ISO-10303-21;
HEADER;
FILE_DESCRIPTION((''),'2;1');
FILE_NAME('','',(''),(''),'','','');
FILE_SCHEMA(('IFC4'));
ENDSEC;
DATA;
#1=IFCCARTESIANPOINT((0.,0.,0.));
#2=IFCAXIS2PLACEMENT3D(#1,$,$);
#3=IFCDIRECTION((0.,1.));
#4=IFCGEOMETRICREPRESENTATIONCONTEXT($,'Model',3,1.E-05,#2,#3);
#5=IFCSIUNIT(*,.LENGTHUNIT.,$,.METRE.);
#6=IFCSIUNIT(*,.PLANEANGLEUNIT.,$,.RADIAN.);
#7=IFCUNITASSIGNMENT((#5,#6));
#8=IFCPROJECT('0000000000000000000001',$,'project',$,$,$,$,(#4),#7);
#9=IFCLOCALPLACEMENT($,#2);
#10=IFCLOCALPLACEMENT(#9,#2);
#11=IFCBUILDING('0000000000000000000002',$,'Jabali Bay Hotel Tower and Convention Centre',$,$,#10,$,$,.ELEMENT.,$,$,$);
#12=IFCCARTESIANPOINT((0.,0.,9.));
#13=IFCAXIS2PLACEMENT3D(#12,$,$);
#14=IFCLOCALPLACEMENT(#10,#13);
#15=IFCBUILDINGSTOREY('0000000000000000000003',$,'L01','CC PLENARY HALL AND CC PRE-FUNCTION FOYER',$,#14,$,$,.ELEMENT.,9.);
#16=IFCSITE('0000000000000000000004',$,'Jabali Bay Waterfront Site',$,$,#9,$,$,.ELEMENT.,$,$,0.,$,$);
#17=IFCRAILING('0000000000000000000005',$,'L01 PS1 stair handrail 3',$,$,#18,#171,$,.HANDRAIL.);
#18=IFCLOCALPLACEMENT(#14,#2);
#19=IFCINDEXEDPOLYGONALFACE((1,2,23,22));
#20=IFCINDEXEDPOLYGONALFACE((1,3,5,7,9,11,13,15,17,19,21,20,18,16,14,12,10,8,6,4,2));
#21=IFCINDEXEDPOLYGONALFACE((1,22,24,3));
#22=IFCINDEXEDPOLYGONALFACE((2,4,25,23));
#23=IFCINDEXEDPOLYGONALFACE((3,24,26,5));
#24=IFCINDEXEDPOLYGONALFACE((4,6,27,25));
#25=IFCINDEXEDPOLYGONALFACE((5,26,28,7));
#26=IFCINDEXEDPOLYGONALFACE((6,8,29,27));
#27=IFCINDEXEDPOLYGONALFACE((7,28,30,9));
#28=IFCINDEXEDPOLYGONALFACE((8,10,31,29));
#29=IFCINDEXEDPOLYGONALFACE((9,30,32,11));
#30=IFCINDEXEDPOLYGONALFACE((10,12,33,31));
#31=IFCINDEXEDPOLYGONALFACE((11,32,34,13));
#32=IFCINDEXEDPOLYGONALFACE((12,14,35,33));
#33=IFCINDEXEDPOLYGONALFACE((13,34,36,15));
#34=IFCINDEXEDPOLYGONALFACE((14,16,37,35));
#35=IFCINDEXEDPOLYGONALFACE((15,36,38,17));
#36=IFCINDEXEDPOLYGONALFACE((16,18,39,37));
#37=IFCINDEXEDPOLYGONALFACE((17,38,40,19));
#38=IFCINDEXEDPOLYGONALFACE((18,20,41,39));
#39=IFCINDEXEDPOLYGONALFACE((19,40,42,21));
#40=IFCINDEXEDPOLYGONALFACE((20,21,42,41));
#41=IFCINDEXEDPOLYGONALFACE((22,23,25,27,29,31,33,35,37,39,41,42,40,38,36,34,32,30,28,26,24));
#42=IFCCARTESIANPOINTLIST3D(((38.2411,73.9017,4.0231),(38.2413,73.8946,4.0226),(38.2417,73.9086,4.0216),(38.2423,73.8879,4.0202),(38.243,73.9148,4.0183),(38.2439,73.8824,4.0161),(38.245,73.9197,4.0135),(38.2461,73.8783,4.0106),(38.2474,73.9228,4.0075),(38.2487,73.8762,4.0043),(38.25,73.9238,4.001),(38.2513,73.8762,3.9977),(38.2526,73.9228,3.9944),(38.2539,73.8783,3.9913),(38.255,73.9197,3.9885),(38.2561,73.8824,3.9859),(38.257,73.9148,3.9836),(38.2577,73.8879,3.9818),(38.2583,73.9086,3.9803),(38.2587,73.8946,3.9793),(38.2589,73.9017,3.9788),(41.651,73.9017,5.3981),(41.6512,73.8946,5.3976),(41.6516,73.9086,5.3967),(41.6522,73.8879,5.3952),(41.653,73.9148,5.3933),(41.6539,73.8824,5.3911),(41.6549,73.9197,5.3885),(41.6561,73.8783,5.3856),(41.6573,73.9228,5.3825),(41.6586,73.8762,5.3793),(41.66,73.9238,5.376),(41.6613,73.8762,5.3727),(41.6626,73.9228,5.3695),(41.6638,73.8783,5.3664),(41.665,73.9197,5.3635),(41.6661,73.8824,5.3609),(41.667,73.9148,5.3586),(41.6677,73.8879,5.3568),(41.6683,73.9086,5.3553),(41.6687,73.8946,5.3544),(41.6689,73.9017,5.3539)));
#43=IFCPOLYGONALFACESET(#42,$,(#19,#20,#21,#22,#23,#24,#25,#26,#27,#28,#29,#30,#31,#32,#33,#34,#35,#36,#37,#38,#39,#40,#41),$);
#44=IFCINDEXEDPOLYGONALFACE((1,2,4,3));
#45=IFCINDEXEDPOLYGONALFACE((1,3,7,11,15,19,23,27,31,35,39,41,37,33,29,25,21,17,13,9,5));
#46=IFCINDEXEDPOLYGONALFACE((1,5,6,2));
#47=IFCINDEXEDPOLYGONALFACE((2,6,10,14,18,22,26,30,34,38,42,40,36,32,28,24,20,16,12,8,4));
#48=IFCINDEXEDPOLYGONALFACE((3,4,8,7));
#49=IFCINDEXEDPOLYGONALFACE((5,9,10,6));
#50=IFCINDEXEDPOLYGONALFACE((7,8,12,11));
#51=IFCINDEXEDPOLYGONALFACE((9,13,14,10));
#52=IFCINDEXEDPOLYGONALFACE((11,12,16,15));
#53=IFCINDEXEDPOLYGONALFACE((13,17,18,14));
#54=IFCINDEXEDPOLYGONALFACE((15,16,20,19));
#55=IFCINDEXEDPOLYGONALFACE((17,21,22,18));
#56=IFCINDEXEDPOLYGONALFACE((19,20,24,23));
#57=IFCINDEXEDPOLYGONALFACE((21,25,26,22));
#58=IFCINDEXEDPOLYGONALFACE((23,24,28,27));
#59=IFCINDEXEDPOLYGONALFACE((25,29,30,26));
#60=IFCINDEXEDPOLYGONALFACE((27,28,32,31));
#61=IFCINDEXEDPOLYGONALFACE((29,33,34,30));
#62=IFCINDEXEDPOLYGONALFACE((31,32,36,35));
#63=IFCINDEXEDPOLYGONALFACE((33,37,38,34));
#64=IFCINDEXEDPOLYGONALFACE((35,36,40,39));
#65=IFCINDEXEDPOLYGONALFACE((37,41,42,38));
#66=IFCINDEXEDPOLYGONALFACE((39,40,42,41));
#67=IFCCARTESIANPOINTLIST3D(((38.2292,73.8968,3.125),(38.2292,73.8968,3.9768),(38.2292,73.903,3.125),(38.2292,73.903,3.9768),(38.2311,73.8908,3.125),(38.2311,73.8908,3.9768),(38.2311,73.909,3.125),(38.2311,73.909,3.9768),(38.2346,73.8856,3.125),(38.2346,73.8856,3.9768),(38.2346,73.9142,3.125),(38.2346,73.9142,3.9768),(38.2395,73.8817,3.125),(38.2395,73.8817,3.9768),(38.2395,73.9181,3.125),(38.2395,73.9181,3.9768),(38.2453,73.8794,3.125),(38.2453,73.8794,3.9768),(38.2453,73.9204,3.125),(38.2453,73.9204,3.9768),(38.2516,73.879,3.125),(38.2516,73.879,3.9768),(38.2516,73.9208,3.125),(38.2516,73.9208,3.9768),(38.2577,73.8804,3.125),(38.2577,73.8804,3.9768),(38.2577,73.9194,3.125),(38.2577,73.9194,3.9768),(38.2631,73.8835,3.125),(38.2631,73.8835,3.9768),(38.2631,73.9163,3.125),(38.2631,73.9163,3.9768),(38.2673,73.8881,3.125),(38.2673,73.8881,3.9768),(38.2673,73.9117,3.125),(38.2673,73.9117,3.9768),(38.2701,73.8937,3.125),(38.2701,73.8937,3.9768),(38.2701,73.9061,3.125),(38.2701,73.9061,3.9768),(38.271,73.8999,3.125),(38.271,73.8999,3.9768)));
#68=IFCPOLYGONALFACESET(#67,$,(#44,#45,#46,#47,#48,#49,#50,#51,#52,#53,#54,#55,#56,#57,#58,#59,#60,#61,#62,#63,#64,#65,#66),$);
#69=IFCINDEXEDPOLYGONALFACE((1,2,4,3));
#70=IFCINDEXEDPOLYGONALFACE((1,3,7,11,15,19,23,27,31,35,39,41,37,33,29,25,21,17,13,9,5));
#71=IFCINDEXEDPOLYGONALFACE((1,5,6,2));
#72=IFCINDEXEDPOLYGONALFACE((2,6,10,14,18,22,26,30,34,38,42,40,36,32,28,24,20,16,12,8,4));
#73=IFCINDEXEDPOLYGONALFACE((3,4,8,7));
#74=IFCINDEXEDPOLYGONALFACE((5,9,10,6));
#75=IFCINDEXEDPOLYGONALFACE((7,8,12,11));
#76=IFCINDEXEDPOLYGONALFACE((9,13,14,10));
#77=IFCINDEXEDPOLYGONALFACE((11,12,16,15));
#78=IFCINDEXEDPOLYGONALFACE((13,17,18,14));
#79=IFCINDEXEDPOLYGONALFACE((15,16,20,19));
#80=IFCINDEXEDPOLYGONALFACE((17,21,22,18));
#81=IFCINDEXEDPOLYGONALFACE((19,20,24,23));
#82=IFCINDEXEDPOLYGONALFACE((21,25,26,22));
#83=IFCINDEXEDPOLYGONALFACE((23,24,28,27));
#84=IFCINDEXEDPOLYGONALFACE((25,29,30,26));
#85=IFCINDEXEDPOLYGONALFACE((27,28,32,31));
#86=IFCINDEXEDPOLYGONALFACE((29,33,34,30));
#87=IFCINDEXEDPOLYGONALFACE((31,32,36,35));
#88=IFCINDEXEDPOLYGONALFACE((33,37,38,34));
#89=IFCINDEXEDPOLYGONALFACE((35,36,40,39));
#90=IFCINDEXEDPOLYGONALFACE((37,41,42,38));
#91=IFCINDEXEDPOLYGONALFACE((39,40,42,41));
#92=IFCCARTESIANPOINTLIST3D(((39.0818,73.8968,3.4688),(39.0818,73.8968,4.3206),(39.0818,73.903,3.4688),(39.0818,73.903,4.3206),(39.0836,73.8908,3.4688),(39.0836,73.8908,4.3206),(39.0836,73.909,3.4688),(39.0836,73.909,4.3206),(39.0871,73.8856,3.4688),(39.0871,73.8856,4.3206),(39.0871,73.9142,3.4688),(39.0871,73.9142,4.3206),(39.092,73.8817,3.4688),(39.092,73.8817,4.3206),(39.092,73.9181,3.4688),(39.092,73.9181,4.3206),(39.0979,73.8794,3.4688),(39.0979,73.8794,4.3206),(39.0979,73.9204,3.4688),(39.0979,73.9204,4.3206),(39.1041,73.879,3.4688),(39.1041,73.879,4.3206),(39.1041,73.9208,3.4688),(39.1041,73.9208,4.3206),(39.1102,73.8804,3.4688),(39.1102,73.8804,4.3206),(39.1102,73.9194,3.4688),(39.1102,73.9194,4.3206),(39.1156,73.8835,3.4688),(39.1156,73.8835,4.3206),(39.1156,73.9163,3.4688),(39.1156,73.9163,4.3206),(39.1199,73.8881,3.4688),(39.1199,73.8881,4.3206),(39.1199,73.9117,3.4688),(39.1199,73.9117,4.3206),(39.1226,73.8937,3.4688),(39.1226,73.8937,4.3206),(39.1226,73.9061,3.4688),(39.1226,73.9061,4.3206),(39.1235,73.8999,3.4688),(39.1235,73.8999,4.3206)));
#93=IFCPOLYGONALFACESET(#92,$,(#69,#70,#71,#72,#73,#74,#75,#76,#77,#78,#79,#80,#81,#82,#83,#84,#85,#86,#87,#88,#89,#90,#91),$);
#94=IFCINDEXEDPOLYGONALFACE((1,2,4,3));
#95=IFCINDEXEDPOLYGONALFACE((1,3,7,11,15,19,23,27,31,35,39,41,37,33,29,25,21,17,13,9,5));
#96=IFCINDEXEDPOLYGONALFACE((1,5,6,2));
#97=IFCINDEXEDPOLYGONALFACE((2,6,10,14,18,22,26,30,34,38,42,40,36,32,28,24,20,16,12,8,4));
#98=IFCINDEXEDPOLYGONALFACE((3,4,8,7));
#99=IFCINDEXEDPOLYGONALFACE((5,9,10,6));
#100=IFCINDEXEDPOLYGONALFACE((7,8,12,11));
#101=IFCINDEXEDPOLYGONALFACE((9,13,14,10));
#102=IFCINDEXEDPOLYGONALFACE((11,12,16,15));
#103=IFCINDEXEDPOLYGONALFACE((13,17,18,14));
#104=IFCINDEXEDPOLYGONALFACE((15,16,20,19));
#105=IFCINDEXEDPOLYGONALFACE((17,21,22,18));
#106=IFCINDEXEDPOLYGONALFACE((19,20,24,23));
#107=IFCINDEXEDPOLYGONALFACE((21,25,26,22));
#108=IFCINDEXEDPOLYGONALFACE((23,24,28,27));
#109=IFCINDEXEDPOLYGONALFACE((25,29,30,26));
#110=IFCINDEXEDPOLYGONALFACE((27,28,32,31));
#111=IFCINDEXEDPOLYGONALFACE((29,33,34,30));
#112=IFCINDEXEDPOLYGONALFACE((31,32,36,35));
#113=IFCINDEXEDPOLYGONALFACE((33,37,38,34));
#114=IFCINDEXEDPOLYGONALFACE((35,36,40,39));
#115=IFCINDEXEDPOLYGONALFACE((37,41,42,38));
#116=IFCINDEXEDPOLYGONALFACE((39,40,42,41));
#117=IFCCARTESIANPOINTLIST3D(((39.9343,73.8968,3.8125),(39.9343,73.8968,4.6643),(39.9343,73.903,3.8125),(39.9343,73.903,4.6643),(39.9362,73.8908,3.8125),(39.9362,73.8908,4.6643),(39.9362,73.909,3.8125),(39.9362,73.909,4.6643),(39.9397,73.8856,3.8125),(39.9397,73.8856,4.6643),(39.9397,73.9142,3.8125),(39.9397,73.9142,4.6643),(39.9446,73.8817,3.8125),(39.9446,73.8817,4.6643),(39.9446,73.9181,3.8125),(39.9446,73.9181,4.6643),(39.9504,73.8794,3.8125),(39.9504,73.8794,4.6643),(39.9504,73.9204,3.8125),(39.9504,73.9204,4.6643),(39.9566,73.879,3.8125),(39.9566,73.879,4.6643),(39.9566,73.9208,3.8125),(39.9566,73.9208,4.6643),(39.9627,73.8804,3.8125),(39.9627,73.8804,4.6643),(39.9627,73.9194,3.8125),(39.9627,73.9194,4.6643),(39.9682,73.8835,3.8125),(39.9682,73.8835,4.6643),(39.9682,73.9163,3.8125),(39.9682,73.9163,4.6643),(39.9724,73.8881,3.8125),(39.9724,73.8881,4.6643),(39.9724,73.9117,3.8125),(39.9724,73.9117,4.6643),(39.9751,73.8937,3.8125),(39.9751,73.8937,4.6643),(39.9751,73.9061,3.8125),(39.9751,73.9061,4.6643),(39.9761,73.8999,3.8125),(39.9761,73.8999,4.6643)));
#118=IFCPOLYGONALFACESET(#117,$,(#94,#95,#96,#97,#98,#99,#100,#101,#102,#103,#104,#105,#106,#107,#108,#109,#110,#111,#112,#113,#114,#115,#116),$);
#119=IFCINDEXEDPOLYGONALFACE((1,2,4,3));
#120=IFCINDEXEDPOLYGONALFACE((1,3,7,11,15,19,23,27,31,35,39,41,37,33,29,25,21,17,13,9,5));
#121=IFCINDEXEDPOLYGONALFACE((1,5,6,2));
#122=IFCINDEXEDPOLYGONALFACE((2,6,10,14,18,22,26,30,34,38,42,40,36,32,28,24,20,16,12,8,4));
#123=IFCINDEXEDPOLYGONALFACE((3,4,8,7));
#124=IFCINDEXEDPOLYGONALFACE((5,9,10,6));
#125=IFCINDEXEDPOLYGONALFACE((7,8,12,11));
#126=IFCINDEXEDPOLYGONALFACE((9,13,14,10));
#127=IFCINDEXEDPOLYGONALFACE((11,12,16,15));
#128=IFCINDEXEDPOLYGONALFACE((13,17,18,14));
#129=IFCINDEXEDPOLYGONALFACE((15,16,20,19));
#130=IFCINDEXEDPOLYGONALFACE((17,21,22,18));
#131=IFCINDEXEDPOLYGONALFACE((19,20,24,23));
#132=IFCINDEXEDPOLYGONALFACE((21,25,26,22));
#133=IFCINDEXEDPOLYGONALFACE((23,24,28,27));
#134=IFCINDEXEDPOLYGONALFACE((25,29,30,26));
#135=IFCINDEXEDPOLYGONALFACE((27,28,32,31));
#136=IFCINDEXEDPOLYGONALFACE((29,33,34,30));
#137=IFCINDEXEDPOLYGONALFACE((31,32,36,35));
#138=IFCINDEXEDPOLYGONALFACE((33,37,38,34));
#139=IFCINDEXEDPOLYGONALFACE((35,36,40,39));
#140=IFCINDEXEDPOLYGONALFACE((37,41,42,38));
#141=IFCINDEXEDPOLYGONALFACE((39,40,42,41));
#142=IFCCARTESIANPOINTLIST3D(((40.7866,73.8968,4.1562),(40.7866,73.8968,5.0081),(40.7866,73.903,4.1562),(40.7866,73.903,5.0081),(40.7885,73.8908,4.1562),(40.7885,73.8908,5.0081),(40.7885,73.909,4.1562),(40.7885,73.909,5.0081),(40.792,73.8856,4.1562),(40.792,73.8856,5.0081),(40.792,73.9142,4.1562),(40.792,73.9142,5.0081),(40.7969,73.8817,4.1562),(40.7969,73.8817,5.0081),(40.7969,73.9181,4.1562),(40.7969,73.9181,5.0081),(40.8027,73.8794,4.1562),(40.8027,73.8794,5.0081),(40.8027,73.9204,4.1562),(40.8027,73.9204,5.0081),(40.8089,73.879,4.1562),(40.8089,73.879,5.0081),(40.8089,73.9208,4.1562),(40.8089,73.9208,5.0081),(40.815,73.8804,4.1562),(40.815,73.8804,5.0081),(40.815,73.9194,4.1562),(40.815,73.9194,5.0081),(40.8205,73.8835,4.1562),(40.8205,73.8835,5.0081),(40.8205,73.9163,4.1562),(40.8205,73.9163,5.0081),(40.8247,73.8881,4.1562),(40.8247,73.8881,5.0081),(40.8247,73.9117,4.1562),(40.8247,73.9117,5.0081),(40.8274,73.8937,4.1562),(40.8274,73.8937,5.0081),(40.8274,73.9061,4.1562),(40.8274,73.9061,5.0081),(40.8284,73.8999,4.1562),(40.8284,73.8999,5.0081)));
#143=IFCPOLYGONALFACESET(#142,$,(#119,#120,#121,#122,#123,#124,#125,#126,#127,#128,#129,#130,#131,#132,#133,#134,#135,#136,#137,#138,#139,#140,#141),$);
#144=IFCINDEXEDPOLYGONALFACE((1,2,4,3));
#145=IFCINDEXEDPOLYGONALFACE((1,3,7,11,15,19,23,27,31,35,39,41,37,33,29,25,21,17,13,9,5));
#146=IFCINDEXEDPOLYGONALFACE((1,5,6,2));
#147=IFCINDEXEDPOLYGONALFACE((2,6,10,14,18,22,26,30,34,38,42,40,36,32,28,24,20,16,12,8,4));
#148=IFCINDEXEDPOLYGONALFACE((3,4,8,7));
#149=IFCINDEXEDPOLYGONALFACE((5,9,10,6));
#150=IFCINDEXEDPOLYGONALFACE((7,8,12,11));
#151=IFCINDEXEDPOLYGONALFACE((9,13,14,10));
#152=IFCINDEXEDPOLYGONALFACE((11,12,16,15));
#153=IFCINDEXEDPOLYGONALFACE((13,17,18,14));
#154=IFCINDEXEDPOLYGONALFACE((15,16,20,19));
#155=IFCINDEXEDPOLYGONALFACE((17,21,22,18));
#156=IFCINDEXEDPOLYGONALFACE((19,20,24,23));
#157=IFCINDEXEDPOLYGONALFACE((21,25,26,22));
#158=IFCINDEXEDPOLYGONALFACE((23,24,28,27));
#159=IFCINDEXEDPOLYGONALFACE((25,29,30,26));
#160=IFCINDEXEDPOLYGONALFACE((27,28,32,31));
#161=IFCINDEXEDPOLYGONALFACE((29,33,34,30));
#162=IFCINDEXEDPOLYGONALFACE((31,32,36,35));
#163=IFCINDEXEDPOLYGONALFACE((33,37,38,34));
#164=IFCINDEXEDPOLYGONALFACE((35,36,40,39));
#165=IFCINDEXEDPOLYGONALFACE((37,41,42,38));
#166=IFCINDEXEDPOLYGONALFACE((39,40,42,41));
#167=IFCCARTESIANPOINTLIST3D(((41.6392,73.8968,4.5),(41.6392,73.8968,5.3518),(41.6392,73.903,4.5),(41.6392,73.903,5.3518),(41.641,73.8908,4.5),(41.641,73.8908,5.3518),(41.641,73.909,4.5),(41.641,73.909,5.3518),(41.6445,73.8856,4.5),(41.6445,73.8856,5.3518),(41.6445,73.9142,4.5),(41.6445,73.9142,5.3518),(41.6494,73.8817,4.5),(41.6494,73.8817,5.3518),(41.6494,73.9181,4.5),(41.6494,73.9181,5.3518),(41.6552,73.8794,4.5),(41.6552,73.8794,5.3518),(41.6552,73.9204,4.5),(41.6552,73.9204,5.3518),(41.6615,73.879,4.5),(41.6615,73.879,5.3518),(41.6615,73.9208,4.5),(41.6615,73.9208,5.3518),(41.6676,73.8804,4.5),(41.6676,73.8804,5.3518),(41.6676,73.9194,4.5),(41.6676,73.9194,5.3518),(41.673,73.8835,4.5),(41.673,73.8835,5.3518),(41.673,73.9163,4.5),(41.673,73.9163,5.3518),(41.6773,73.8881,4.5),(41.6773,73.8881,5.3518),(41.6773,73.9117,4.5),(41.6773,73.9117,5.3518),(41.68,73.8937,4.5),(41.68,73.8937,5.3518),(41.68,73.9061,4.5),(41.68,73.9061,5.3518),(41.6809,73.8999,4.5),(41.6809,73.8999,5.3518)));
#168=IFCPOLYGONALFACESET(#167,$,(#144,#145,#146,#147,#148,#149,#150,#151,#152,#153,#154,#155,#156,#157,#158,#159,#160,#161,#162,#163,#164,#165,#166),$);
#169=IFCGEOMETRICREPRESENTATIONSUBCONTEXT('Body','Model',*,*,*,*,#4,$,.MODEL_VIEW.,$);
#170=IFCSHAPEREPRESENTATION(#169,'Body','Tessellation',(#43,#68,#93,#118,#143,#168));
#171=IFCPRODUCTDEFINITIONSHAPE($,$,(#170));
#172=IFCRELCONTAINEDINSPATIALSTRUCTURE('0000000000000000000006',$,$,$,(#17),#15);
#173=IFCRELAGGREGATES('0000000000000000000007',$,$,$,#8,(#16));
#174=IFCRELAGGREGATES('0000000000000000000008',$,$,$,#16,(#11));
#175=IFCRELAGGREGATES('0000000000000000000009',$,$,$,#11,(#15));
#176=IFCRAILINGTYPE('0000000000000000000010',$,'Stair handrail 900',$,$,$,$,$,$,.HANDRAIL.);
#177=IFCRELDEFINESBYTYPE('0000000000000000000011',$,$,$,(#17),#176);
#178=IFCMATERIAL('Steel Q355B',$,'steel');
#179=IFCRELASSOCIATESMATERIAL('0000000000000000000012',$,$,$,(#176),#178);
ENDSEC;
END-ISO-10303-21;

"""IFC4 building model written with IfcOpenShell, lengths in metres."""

from ifc_helpers import new_model, si_unit, direction, frame, origin, origin_2d, place, context, subcontext, project, spatial, circle, extrude, material, type_object, element, save


model = new_model("IFC4")

# Units and contexts
model_context = context("Model", 3, precision=1e-05, world=origin(), true_north=direction((0.0, 1.0)))
body_context = subcontext(model_context, "Body", "Model", "MODEL_VIEW")
ifc_project = project(units=[si_unit("LENGTHUNIT", "METRE"), si_unit("PLANEANGLEUNIT", "RADIAN")], contexts=[model_context])

# Site, building, storey
site_placement = place(None, origin())
site = spatial("IfcSite", under=ifc_project, at=site_placement, Name="Jabali Bay Waterfront Site", CompositionType="ELEMENT", RefElevation=0.0)
building_placement = place(site_placement, origin())
building = spatial("IfcBuilding", under=site, at=building_placement, Name="Jabali Bay Hotel Tower and Convention Centre", CompositionType="ELEMENT")
storey_placement = place(building_placement, frame((0.0, 0.0, 9.0)))
storey = spatial("IfcBuildingStorey", under=building, at=storey_placement, Name="L01", Description="CC PLENARY HALL AND CC PRE-FUNCTION FOYER", CompositionType="ELEMENT", Elevation=9.0)

# Railing
ifc_material_1 = material(Name="Steel Q355B", Category="steel")
railing_type_1 = type_object("IfcRailingType", Name="Stair handrail 900", PredefinedType="HANDRAIL", material=ifc_material_1)
for number, where, name in (
    (1, (38.25, 73.8999, 3.125), "L01 PS1 stair handrail 3"),
):
    element("IfcRailing", number, at=place(storey_placement, frame(where)), inside=storey, type_object=railing_type_1, Name=name, PredefinedType="HANDRAIL", context=body_context, shape_type="SweptSolid", body=[
        extrude(circle(Radius=0.0239, at=origin_2d()), frame((0.0, 0.0, 0.876), z_axis=(0.927438, 0.0, 0.373977), x_axis=(0.0, 1.0, 0.0)), (0.0, 0.0, 1.0), 3.6768),
        extrude(circle(Radius=0.021, at=origin_2d()), origin(), (0.0, 0.0, 1.0), 0.8518),
        extrude(circle(Radius=0.021, at=origin_2d()), frame((0.8525, 0.0, 0.3438)), (0.0, 0.0, 1.0), 0.8518),
        extrude(circle(Radius=0.021, at=origin_2d()), frame((1.7051, 0.0, 0.6875)), (0.0, 0.0, 1.0), 0.8518),
        extrude(circle(Radius=0.021, at=origin_2d()), frame((2.5574, 0.0, 1.0312)), (0.0, 0.0, 1.0), 0.8518),
        extrude(circle(Radius=0.021, at=origin_2d()), frame((3.4099, 0.0, 1.375)), (0.0, 0.0, 1.0), 0.8518),
    ])

save(model, "model.ifc")
